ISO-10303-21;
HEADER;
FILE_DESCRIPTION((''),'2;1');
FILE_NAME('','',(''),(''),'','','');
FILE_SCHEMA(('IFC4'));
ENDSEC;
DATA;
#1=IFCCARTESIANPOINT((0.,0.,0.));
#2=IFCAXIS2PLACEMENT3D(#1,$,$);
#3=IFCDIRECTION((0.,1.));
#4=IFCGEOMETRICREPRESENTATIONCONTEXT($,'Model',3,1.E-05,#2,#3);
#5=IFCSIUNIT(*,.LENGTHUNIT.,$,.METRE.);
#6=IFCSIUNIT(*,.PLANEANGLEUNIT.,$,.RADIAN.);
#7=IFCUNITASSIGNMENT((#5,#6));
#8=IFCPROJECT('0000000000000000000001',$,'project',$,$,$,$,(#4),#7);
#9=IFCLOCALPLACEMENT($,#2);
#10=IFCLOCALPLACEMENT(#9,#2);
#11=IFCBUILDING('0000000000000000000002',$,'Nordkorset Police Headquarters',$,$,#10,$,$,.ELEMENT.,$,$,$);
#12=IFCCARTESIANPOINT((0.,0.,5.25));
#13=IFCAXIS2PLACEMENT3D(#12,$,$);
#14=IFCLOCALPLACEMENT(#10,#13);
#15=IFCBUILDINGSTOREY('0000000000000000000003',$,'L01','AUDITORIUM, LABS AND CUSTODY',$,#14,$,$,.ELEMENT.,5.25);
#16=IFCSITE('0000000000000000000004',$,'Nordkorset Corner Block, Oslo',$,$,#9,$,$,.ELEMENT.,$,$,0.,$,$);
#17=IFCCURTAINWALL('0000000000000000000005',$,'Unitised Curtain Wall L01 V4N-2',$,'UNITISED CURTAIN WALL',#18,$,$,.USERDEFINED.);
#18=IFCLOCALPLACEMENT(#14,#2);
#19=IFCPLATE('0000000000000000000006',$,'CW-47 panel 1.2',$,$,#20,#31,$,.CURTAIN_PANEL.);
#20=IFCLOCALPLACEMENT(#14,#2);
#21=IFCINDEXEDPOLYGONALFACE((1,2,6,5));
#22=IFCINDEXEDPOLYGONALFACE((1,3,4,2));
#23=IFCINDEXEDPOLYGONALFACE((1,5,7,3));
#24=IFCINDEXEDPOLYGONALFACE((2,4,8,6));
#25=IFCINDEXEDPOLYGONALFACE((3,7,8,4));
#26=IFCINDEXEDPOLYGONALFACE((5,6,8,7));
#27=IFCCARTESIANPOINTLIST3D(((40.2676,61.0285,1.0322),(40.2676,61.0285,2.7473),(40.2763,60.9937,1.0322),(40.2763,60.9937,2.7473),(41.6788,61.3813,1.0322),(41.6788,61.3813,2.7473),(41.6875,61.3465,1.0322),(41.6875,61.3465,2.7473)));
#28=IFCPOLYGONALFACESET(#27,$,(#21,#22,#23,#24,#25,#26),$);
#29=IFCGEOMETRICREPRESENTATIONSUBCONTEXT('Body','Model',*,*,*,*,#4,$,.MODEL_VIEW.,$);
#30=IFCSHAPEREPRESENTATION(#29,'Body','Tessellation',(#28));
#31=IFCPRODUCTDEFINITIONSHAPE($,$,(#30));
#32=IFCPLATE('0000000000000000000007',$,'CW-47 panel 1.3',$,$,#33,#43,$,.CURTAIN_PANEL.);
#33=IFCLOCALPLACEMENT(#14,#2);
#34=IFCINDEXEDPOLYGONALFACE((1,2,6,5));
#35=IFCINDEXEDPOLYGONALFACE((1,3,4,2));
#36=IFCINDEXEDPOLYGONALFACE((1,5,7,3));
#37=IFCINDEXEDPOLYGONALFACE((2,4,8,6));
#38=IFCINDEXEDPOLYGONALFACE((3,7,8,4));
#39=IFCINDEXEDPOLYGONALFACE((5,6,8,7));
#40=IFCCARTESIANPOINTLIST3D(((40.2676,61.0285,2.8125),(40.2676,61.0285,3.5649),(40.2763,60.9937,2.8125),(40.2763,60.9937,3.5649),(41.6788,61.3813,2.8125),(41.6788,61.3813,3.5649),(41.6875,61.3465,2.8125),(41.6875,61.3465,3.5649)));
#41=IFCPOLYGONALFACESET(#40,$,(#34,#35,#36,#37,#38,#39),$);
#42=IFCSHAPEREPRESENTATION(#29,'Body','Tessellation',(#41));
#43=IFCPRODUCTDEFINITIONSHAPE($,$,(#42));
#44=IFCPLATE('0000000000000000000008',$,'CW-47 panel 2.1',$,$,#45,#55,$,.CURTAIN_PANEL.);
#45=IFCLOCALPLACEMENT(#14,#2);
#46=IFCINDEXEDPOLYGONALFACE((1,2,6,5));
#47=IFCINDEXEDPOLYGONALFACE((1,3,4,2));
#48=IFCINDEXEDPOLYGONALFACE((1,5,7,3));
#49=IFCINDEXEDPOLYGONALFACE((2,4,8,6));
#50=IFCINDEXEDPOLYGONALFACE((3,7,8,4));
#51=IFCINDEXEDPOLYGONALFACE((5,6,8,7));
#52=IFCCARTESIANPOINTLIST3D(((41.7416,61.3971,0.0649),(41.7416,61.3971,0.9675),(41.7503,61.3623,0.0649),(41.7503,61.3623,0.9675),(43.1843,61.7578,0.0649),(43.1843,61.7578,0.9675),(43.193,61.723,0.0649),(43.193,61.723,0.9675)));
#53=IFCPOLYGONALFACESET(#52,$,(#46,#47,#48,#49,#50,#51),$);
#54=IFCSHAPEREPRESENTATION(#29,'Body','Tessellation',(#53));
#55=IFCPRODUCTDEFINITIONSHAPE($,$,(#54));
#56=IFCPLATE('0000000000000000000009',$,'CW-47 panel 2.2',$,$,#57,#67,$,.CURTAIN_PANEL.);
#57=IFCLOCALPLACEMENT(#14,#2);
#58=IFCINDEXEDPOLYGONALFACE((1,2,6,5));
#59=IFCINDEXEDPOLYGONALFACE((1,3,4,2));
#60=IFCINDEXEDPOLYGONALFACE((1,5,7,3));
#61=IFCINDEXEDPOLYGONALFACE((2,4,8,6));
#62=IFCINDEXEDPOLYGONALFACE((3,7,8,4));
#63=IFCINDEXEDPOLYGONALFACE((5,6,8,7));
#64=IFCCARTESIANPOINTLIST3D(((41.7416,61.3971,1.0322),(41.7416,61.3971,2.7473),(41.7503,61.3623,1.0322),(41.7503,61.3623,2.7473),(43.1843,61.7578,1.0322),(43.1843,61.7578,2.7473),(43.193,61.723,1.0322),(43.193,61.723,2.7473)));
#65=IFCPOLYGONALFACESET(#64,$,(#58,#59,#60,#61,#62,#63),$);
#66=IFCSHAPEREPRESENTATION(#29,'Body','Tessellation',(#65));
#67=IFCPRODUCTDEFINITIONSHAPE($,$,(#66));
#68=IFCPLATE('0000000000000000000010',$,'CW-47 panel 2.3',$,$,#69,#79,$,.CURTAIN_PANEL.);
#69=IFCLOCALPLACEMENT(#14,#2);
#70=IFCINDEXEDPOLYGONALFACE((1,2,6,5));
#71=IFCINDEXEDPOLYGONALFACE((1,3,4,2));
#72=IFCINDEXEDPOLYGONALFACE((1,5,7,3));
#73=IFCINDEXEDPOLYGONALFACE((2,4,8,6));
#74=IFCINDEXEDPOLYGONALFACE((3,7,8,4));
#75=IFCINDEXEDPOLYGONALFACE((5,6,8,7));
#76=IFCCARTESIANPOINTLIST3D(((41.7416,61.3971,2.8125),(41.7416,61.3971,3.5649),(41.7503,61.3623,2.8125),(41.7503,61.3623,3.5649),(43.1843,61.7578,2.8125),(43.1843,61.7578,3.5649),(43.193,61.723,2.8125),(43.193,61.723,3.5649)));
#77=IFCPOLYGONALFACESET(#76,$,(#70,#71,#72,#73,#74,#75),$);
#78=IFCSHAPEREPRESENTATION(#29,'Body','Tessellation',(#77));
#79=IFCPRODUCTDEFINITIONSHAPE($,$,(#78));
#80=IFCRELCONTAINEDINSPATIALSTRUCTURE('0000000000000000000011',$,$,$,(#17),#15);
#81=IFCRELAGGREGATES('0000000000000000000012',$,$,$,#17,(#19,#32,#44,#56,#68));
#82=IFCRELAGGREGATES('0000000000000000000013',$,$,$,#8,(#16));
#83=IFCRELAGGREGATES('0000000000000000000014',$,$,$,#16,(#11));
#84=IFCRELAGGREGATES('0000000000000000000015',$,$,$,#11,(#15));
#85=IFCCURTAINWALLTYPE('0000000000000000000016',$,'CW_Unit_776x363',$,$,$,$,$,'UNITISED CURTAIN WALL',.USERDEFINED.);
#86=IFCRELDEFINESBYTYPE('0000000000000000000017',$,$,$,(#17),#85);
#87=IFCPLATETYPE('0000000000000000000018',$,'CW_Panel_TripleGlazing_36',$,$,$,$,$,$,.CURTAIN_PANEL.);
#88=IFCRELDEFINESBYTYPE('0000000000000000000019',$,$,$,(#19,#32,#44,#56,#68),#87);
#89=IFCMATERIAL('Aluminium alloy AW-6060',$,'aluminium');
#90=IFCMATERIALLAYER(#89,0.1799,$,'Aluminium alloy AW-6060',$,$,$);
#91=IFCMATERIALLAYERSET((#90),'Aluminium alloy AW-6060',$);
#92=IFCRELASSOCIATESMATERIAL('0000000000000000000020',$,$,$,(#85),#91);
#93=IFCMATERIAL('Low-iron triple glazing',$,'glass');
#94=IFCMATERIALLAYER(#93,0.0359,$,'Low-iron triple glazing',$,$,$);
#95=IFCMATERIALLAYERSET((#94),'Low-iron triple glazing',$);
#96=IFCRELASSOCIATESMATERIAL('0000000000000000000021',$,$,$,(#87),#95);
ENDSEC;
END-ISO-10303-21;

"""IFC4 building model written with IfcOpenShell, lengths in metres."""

from ifc_helpers import new_model, si_unit, direction, frame, origin, origin_2d, place, context, subcontext, project, spatial, rectangle, extrude, material, layer, layer_set, type_object, element, aggregate, save


model = new_model("IFC4")

# Units and contexts
model_context = context("Model", 3, precision=1e-05, world=origin(), true_north=direction((0.0, 1.0)))
body_context = subcontext(model_context, "Body", "Model", "MODEL_VIEW")
ifc_project = project(units=[si_unit("LENGTHUNIT", "METRE"), si_unit("PLANEANGLEUNIT", "RADIAN")], contexts=[model_context])

# Site, building, storey
site_placement = place(None, origin())
site = spatial("IfcSite", under=ifc_project, at=site_placement, Name="Nordkorset Corner Block, Oslo", CompositionType="ELEMENT", RefElevation=0.0)
building_placement = place(site_placement, origin())
building = spatial("IfcBuilding", under=site, at=building_placement, Name="Nordkorset Police Headquarters", CompositionType="ELEMENT")
storey_placement = place(building_placement, frame((0.0, 0.0, 5.25)))
storey = spatial("IfcBuildingStorey", under=building, at=storey_placement, Name="L01", Description="AUDITORIUM, LABS AND CUSTODY", CompositionType="ELEMENT", Elevation=5.25)

# Curtain wall
ifc_material_1 = material(Name="Aluminium alloy AW-6060", Category="aluminium")
ifc_layer_1 = layer(ifc_material_1, 0.1799, Name="Aluminium alloy AW-6060")
ifc_layer_set_1 = layer_set([ifc_layer_1], Name="Aluminium alloy AW-6060")
curtain_wall_type_1 = type_object("IfcCurtainWallType", Name="CW_Unit_776x363", ElementType="UNITISED CURTAIN WALL", PredefinedType="USERDEFINED", material=ifc_layer_set_1)
curtain_wall_1_placement = place(storey_placement, origin())
curtain_wall_1 = element("IfcCurtainWall", 1, at=curtain_wall_1_placement, inside=storey, type_object=curtain_wall_type_1, Name="Unitised Curtain Wall L01 V4N-2", ObjectType="UNITISED CURTAIN WALL", PredefinedType="USERDEFINED")

# Plates
ifc_material_2 = material(Name="Low-iron triple glazing", Category="glass")
ifc_layer_2 = layer(ifc_material_2, 0.0359, Name="Low-iron triple glazing")
ifc_layer_set_2 = layer_set([ifc_layer_2], Name="Low-iron triple glazing")
plate_type = type_object("IfcPlateType", Name="CW_Panel_TripleGlazing_36", PredefinedType="CURTAIN_PANEL", material=ifc_layer_set_2)
plate_1_placement = place(storey_placement, frame((40.9775, 61.1875, 1.0322), z_axis=(0.0, 0.0, 1.0), x_axis=(0.970142, 0.242536, 0.0)))
plate_1 = element("IfcPlate", 2, at=plate_1_placement, type_object=plate_type, Name="CW-47 panel 1.2", PredefinedType="CURTAIN_PANEL", context=body_context, shape_type="SweptSolid", body=[
    extrude(rectangle(XDim=1.4546, YDim=0.0359, at=origin_2d()), origin(), (0.0, 0.0, 1.0), 1.7151),
])
plate_2_placement = place(storey_placement, frame((40.9775, 61.1875, 2.8125), z_axis=(0.0, 0.0, 1.0), x_axis=(0.970142, 0.242536, 0.0)))
plate_2 = element("IfcPlate", 3, at=plate_2_placement, type_object=plate_type, Name="CW-47 panel 1.3", PredefinedType="CURTAIN_PANEL", context=body_context, shape_type="SweptSolid", body=[
    extrude(rectangle(XDim=1.4546, YDim=0.0359, at=origin_2d()), origin(), (0.0, 0.0, 1.0), 0.7524),
])
plate_3_placement = place(storey_placement, frame((42.4673, 61.5601, 0.0649), z_axis=(0.0, 0.0, 1.0), x_axis=(0.970142, 0.242536, 0.0)))
plate_3 = element("IfcPlate", 4, at=plate_3_placement, type_object=plate_type, Name="CW-47 panel 2.1", PredefinedType="CURTAIN_PANEL", context=body_context, shape_type="SweptSolid", body=[
    extrude(rectangle(XDim=1.4871, YDim=0.0359, at=origin_2d()), origin(), (0.0, 0.0, 1.0), 0.9026),
])
plate_4_placement = place(storey_placement, frame((42.4673, 61.5601, 1.0322), z_axis=(0.0, 0.0, 1.0), x_axis=(0.970142, 0.242536, 0.0)))
plate_4 = element("IfcPlate", 5, at=plate_4_placement, type_object=plate_type, Name="CW-47 panel 2.2", PredefinedType="CURTAIN_PANEL", context=body_context, shape_type="SweptSolid", body=[
    extrude(rectangle(XDim=1.4871, YDim=0.0359, at=origin_2d()), origin(), (0.0, 0.0, 1.0), 1.7151),
])
plate_5_placement = place(storey_placement, frame((42.4673, 61.5601, 2.8125), z_axis=(0.0, 0.0, 1.0), x_axis=(0.970142, 0.242536, 0.0)))
plate_5 = element("IfcPlate", 6, at=plate_5_placement, type_object=plate_type, Name="CW-47 panel 2.3", PredefinedType="CURTAIN_PANEL", context=body_context, shape_type="SweptSolid", body=[
    extrude(rectangle(XDim=1.4871, YDim=0.0359, at=origin_2d()), origin(), (0.0, 0.0, 1.0), 0.7524),
])
aggregate(curtain_wall_1, [plate_1, plate_2, plate_3, plate_4, plate_5])

save(model, "model.ifc")
